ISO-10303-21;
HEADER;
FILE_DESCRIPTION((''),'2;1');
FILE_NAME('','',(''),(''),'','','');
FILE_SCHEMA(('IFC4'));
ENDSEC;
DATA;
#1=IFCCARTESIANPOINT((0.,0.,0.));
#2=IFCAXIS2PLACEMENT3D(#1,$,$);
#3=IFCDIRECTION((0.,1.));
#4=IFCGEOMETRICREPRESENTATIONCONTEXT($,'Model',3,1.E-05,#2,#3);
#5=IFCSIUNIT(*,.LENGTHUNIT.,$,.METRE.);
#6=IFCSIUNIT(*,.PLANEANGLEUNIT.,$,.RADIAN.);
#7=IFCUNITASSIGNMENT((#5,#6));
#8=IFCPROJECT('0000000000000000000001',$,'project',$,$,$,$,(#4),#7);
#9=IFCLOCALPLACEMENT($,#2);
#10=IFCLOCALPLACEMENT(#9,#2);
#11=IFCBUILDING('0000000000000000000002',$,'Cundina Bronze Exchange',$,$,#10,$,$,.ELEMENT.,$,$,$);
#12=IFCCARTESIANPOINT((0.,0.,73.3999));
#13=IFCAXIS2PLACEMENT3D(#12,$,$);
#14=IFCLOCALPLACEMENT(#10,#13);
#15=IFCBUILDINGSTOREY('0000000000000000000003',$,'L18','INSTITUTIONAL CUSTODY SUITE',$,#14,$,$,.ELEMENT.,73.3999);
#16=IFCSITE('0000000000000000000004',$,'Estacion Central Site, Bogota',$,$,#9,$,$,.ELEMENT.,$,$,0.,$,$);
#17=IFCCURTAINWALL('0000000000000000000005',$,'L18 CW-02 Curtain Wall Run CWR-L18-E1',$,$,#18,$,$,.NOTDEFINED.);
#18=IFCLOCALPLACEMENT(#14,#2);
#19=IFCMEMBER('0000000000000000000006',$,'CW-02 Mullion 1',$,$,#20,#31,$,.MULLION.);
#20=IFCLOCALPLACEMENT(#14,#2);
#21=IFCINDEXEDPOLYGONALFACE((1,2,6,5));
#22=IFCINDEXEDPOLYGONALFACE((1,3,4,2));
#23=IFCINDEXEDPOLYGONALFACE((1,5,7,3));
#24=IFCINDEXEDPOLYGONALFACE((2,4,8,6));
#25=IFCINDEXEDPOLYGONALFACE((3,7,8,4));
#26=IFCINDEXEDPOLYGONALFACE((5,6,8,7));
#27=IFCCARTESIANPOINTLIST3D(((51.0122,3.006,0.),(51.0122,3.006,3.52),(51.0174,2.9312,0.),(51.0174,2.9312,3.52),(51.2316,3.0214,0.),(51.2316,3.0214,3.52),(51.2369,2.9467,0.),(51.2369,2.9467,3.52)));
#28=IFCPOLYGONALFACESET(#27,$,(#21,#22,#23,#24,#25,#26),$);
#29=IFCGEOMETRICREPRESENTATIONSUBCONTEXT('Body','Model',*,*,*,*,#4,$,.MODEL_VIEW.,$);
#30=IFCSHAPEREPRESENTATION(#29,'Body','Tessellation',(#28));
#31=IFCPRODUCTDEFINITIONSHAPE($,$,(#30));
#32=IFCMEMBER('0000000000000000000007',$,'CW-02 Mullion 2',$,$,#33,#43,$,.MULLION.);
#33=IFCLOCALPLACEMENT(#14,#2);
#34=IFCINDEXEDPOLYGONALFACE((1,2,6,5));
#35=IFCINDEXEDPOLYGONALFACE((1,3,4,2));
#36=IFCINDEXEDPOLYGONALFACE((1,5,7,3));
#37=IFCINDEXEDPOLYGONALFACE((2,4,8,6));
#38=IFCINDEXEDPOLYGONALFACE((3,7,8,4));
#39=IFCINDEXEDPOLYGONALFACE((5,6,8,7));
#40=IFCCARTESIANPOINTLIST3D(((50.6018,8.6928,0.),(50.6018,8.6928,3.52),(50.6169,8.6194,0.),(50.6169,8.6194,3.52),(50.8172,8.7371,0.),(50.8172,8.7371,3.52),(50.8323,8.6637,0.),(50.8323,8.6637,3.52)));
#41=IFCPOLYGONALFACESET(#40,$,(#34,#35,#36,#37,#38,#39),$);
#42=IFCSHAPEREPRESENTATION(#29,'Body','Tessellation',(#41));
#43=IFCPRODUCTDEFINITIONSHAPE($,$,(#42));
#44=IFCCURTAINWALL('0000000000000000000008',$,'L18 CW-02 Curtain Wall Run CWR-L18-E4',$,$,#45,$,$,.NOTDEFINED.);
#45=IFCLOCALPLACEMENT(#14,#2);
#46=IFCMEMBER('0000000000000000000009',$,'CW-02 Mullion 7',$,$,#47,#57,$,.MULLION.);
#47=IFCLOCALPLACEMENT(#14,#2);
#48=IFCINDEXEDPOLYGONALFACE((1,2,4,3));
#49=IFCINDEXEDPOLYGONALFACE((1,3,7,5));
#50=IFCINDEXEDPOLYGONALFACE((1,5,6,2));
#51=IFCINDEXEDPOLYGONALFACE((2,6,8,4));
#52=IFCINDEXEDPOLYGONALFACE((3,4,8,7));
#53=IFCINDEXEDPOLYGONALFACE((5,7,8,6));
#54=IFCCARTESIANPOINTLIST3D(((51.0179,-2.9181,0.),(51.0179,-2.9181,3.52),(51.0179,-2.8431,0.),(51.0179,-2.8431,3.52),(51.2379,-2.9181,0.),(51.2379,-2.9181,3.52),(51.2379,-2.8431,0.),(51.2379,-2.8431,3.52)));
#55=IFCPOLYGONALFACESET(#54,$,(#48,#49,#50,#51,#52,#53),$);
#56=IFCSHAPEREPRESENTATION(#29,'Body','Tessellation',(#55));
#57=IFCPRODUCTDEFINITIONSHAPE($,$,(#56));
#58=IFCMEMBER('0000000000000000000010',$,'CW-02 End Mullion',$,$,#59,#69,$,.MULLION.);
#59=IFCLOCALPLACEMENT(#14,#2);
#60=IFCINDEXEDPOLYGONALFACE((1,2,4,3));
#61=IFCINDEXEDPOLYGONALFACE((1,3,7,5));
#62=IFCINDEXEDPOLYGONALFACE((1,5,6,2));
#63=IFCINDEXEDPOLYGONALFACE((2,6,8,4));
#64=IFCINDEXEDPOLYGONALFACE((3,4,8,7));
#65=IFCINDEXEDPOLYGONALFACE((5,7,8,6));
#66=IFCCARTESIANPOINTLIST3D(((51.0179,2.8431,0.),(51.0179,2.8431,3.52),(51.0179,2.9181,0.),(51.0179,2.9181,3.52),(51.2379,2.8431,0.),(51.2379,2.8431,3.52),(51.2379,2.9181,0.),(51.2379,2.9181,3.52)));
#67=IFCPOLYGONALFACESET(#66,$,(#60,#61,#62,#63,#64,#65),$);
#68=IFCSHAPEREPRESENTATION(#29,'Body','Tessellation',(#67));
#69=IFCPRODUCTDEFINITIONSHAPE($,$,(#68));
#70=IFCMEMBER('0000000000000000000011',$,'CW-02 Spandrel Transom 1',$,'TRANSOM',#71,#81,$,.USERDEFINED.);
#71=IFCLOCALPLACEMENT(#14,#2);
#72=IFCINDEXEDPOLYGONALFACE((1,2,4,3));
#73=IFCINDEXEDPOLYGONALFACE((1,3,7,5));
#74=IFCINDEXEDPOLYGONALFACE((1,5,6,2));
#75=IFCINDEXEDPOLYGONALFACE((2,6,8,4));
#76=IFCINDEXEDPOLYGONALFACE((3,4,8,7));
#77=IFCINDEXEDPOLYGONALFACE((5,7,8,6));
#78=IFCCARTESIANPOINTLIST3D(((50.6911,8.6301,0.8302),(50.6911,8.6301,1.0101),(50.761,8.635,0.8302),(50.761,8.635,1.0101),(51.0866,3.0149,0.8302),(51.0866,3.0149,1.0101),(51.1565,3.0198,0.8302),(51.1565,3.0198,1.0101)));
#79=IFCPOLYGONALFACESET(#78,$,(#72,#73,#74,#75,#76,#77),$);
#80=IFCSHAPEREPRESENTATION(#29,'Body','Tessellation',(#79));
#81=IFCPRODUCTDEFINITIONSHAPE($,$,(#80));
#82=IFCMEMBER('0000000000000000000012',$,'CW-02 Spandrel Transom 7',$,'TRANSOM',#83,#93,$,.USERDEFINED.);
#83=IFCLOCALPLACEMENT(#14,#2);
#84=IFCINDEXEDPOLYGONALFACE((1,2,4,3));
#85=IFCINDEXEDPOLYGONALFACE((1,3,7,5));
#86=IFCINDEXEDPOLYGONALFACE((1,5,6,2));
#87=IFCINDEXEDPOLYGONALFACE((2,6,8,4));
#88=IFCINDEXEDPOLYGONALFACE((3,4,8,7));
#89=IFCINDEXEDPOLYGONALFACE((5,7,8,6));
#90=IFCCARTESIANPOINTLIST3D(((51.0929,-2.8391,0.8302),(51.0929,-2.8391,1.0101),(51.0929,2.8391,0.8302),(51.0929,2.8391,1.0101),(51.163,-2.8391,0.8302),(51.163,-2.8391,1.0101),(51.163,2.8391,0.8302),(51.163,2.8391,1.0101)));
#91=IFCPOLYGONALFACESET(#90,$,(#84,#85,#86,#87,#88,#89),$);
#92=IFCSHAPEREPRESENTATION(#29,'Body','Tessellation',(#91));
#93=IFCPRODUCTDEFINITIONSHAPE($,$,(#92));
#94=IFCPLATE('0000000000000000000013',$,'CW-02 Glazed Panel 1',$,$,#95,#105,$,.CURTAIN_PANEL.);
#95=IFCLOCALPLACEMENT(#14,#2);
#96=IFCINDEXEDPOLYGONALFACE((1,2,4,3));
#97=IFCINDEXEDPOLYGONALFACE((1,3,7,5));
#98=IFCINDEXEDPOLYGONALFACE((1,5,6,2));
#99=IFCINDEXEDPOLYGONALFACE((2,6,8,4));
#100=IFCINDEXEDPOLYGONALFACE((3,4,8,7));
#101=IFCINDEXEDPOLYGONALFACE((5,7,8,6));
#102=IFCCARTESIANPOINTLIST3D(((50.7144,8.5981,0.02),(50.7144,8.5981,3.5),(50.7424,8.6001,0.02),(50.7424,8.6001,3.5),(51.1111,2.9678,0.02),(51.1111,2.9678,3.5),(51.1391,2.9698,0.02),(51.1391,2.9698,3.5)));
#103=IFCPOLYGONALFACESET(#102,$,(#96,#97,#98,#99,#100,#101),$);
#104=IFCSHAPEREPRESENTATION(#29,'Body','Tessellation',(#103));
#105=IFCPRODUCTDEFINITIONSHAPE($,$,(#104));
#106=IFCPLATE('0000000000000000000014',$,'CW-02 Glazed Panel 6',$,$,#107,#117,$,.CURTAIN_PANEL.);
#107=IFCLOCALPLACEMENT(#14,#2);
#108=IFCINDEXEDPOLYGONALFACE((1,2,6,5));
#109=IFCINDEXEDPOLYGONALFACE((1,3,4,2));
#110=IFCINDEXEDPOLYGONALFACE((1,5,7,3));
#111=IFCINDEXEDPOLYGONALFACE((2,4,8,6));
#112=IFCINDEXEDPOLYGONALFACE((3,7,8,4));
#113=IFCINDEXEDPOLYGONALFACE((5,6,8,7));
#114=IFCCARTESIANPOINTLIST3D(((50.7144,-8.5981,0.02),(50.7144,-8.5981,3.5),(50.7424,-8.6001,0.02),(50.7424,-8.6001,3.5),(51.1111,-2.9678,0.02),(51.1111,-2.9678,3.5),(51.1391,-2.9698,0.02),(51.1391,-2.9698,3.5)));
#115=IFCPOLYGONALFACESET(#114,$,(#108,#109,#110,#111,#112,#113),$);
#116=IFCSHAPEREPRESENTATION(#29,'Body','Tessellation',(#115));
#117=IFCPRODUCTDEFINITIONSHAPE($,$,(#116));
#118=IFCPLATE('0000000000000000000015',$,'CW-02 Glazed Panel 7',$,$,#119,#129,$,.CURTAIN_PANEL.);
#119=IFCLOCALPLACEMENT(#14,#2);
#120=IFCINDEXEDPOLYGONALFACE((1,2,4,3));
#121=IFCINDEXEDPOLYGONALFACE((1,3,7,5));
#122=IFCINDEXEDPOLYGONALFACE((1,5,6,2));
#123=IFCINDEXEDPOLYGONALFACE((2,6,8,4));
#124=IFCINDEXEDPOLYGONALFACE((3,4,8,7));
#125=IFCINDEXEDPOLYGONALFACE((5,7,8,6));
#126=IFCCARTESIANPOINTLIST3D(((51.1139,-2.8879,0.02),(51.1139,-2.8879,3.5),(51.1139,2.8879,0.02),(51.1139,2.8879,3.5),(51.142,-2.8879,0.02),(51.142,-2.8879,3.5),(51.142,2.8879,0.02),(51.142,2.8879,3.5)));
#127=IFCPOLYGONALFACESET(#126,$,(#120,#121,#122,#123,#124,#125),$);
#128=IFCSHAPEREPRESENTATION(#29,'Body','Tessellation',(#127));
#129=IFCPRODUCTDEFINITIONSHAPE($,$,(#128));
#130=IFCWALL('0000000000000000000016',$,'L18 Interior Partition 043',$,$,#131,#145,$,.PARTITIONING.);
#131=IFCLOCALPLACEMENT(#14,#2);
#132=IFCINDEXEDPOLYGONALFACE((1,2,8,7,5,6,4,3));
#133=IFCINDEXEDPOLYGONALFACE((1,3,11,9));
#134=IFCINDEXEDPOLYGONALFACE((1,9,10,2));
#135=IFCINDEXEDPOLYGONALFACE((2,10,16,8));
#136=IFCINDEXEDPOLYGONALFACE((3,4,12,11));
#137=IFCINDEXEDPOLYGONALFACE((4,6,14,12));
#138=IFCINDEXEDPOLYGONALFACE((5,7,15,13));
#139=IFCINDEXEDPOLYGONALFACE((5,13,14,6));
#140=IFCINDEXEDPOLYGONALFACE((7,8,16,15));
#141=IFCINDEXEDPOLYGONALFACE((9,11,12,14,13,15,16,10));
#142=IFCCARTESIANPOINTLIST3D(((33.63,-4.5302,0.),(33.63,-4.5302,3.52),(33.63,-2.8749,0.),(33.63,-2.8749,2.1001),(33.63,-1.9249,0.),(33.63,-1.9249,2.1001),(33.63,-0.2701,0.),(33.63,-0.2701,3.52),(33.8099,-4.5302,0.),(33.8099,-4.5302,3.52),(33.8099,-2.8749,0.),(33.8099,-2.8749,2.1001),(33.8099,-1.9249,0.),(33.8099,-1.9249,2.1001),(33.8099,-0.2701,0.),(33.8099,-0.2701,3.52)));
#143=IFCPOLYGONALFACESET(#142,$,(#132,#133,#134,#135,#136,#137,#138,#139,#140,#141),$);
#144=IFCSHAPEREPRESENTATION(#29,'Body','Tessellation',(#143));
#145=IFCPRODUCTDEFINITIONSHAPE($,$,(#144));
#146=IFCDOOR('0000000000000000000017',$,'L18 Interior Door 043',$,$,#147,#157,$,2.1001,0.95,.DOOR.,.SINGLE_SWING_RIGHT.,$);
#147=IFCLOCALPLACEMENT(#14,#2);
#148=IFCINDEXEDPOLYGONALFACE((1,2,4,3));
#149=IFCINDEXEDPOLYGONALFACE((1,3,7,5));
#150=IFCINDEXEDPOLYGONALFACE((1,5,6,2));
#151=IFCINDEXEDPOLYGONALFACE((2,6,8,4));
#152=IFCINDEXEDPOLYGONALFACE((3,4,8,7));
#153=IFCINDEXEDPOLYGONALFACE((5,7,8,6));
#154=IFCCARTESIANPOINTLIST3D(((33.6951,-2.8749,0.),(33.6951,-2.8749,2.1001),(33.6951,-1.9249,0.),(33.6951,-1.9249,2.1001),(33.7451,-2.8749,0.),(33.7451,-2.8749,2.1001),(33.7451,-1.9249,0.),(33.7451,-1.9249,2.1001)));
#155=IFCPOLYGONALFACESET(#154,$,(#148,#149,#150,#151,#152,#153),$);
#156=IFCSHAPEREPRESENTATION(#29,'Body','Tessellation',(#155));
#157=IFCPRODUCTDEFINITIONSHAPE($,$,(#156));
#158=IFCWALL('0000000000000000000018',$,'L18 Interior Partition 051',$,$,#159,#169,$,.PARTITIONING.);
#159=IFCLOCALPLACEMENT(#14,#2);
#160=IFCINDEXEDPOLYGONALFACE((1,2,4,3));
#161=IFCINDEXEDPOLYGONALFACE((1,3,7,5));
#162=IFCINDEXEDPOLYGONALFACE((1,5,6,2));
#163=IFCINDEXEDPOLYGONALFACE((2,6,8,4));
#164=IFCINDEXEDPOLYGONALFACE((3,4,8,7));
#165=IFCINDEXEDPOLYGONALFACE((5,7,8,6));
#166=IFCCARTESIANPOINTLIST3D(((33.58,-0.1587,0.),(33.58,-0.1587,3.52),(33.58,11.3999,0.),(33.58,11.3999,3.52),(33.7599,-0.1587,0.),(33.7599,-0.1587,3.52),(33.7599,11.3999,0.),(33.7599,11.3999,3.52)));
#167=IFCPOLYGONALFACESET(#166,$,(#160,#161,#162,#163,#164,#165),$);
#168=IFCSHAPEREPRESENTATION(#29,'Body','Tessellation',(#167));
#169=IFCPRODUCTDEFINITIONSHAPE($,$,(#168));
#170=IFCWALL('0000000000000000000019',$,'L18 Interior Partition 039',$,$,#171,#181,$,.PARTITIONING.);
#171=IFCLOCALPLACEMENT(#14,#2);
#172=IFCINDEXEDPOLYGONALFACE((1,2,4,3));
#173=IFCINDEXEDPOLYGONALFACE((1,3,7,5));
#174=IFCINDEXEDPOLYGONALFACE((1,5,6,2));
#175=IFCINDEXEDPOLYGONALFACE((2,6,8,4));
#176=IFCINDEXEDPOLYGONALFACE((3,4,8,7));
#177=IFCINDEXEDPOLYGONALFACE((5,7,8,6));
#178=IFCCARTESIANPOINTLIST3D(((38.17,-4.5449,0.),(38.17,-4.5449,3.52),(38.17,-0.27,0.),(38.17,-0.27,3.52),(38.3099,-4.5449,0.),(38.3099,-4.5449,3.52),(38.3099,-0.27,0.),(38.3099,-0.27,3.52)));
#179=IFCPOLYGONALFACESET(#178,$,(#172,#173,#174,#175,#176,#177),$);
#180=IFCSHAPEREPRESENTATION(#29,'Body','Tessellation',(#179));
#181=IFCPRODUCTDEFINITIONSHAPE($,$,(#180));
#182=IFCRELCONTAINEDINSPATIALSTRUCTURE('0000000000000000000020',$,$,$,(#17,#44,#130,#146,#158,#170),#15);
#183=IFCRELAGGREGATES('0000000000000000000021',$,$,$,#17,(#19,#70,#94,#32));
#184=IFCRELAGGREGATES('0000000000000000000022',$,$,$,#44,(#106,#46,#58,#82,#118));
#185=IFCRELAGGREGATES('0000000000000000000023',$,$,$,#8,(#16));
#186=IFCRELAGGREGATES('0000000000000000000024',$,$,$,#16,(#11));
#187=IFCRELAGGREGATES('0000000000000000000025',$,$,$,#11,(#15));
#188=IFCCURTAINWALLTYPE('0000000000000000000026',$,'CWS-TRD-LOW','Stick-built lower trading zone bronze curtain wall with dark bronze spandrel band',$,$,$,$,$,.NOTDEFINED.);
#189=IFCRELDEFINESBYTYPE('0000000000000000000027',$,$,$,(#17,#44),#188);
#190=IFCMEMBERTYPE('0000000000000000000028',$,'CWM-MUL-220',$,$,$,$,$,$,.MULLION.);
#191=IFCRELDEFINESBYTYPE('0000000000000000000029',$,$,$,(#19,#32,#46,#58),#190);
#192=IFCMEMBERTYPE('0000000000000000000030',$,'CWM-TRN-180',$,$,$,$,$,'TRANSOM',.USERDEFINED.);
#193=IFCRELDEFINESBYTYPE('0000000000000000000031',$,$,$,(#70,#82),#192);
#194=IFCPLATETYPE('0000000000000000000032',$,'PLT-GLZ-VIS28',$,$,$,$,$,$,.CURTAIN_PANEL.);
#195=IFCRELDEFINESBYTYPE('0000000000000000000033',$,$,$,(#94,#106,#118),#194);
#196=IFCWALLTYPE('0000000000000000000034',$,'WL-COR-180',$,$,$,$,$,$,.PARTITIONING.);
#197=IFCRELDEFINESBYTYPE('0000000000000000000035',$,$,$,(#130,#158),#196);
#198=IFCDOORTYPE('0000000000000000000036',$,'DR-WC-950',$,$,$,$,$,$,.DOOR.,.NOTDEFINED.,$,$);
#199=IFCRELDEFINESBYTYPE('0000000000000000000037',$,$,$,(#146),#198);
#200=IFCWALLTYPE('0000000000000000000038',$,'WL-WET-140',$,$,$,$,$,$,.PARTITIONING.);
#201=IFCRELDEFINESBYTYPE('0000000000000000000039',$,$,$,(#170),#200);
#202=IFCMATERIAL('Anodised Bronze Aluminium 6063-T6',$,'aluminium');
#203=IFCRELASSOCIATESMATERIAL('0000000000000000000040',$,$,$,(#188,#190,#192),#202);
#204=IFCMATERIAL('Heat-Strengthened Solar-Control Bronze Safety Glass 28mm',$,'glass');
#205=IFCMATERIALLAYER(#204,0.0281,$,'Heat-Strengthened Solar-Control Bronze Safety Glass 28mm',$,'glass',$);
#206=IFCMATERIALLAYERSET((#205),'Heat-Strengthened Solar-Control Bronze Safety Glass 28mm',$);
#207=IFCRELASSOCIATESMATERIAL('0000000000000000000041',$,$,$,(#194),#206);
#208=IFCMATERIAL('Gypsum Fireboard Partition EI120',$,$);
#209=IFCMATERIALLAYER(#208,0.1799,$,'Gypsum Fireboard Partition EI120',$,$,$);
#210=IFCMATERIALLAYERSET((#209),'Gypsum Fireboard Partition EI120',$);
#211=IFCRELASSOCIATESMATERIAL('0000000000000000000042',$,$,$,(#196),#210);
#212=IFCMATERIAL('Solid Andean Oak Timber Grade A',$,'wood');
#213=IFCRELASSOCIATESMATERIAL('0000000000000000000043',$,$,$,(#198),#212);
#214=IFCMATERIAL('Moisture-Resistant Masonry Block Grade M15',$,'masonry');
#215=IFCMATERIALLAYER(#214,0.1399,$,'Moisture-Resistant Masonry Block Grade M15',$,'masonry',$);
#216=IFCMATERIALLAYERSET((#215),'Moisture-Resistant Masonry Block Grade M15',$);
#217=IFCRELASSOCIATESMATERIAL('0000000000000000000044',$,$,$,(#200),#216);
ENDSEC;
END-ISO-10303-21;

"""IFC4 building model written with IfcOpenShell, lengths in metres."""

from ifc_helpers import new_model, si_unit, direction, frame, frame_2d, origin, origin_2d, place, context, subcontext, project, spatial, rectangle, extrude, material, layer, layer_set, material_profile, profile_set, type_object, element, fill, aggregate, save


model = new_model("IFC4")

# Units and contexts
model_context = context("Model", 3, precision=1e-05, world=origin(), true_north=direction((0.0, 1.0)))
body_context = subcontext(model_context, "Body", "Model", "MODEL_VIEW")
ifc_project = project(units=[si_unit("LENGTHUNIT", "METRE"), si_unit("PLANEANGLEUNIT", "RADIAN")], contexts=[model_context])

# Site, building, storey
site_placement = place(None, origin())
site = spatial("IfcSite", under=ifc_project, at=site_placement, Name="Estacion Central Site, Bogota", CompositionType="ELEMENT", RefElevation=0.0)
building_placement = place(site_placement, origin())
building = spatial("IfcBuilding", under=site, at=building_placement, Name="Cundina Bronze Exchange", CompositionType="ELEMENT")
storey_placement = place(building_placement, frame((0.0, 0.0, 73.3999)))
storey = spatial("IfcBuildingStorey", under=building, at=storey_placement, Name="L18", Description="INSTITUTIONAL CUSTODY SUITE", CompositionType="ELEMENT", Elevation=73.3999)

# Curtain walls, members
ifc_material_1 = material(Name="Anodised Bronze Aluminium 6063-T6", Category="aluminium")
curtain_wall_type = type_object("IfcCurtainWallType", Name="CWS-TRD-LOW", Description="Stick-built lower trading zone bronze curtain wall with dark bronze spandrel band", PredefinedType="NOTDEFINED", material=ifc_material_1)
curtain_wall_1_placement = place(storey_placement, origin())
curtain_wall_1 = element("IfcCurtainWall", 1, at=curtain_wall_1_placement, inside=storey, type_object=curtain_wall_type, Name="L18 CW-02 Curtain Wall Run CWR-L18-E1", PredefinedType="NOTDEFINED")
ifc_material_profile_1 = material_profile(ifc_material_1, rectangle(XDim=0.075, YDim=0.22, at=origin_2d()), Name="AL75X220", Category="aluminium")
ifc_profile_set_1 = profile_set([ifc_material_profile_1], Name="Anodised Bronze Aluminium 6063-T6")
member_type_1 = type_object("IfcMemberType", Name="CWM-MUL-220", PredefinedType="MULLION", material=ifc_profile_set_1)
member_1_placement = place(storey_placement, frame((51.1245, 2.9763, 0.0), z_axis=(0.0, 0.0, 1.0), x_axis=(-0.070279, 0.997527, 0.0)))
member_1 = element("IfcMember", 2, at=member_1_placement, type_object=member_type_1, Name="CW-02 Mullion 1", PredefinedType="MULLION", context=body_context, shape_type="SweptSolid", body=[
    extrude(rectangle(XDim=0.075, YDim=0.22, at=origin_2d()), origin(), (0.0, 0.0, 1.0), 3.52),
])
member_2_placement = place(storey_placement, frame((50.717, 8.6782, 0.0), z_axis=(0.0, 0.0, 1.0), x_axis=(-0.20142, 0.979505, 0.0)))
member_2 = element("IfcMember", 3, at=member_2_placement, type_object=member_type_1, Name="CW-02 Mullion 2", PredefinedType="MULLION", context=body_context, shape_type="SweptSolid", body=[
    extrude(rectangle(XDim=0.075, YDim=0.22, at=origin_2d()), origin(), (0.0, 0.0, 1.0), 3.52),
])
curtain_wall_2_placement = place(storey_placement, origin())
curtain_wall_2 = element("IfcCurtainWall", 4, at=curtain_wall_2_placement, inside=storey, type_object=curtain_wall_type, Name="L18 CW-02 Curtain Wall Run CWR-L18-E4", PredefinedType="NOTDEFINED")
member_3_placement = place(storey_placement, frame((51.1279, -2.8806, 0.0), z_axis=(0.0, 0.0, 1.0), x_axis=(0.0, 1.0, 0.0)))
member_3 = element("IfcMember", 5, at=member_3_placement, type_object=member_type_1, Name="CW-02 Mullion 7", PredefinedType="MULLION", context=body_context, shape_type="SweptSolid", body=[
    extrude(rectangle(XDim=0.075, YDim=0.22, at=origin_2d()), origin(), (0.0, 0.0, 1.0), 3.52),
])
member_4_placement = place(storey_placement, frame((51.1279, 2.8806, 0.0), z_axis=(0.0, 0.0, 1.0), x_axis=(0.0, 1.0, 0.0)))
member_4 = element("IfcMember", 6, at=member_4_placement, type_object=member_type_1, Name="CW-02 End Mullion", PredefinedType="MULLION", context=body_context, shape_type="SweptSolid", body=[
    extrude(rectangle(XDim=0.075, YDim=0.22, at=origin_2d()), origin(), (0.0, 0.0, 1.0), 3.52),
])

# Members
ifc_material_profile_2 = material_profile(ifc_material_1, rectangle(XDim=0.0701, YDim=0.1799, at=origin_2d()), Name="AL70X180", Category="aluminium")
ifc_profile_set_2 = profile_set([ifc_material_profile_2], Name="Anodised Bronze Aluminium 6063-T6")
member_type_2 = type_object("IfcMemberType", Name="CWM-TRN-180", ElementType="TRANSOM", PredefinedType="USERDEFINED", material=ifc_profile_set_2)
member_5_placement = place(storey_placement, frame((51.1216, 3.0173, 0.9202), z_axis=(-0.070261, 0.997529, 0.0), x_axis=(-0.997529, -0.070261, 0.0)))
member_5 = element("IfcMember", 7, at=member_5_placement, type_object=member_type_2, Name="CW-02 Spandrel Transom 1", ObjectType="TRANSOM", PredefinedType="USERDEFINED", context=body_context, shape_type="SweptSolid", body=[
    extrude(rectangle(XDim=0.0701, YDim=0.1799, at=origin_2d()), origin(), (0.0, 0.0, 1.0), 5.6292),
])
member_6_placement = place(storey_placement, frame((51.1279, -2.8391, 0.9202), z_axis=(0.0, 1.0, 0.0), x_axis=(-1.0, 0.0, 0.0)))
member_6 = element("IfcMember", 8, at=member_6_placement, type_object=member_type_2, Name="CW-02 Spandrel Transom 7", ObjectType="TRANSOM", PredefinedType="USERDEFINED", context=body_context, shape_type="SweptSolid", body=[
    extrude(rectangle(XDim=0.0701, YDim=0.1799, at=origin_2d()), origin(), (0.0, 0.0, 1.0), 5.6782),
])

# Plates
ifc_material_2 = material(Name="Heat-Strengthened Solar-Control Bronze Safety Glass 28mm", Category="glass")
ifc_layer_1 = layer(ifc_material_2, 0.0281, Name="Heat-Strengthened Solar-Control Bronze Safety Glass 28mm", Category="glass")
ifc_layer_set_1 = layer_set([ifc_layer_1], Name="Heat-Strengthened Solar-Control Bronze Safety Glass 28mm")
plate_type = type_object("IfcPlateType", Name="PLT-GLZ-VIS28", PredefinedType="CURTAIN_PANEL", material=ifc_layer_set_1)
plate_1_placement = place(storey_placement, frame((50.9268, 5.7839, 0.02), z_axis=(0.0, 0.0, 1.0), x_axis=(-0.070279, 0.997527, 0.0)))
plate_1 = element("IfcPlate", 9, at=plate_1_placement, type_object=plate_type, Name="CW-02 Glazed Panel 1", PredefinedType="CURTAIN_PANEL", context=body_context, shape_type="SweptSolid", body=[
    extrude(rectangle(XDim=5.6443, YDim=0.0281, at=origin_2d()), origin(), (0.0, 0.0, 1.0), 3.48),
])
aggregate(curtain_wall_1, [member_1, member_5, plate_1, member_2])
plate_2_placement = place(storey_placement, frame((50.9268, -5.7839, 0.02), z_axis=(0.0, 0.0, 1.0), x_axis=(0.070279, 0.997527, 0.0)))
plate_2 = element("IfcPlate", 10, at=plate_2_placement, type_object=plate_type, Name="CW-02 Glazed Panel 6", PredefinedType="CURTAIN_PANEL", context=body_context, shape_type="SweptSolid", body=[
    extrude(rectangle(XDim=5.6443, YDim=0.0281, at=origin_2d()), origin(), (0.0, 0.0, 1.0), 3.48),
])
plate_3_placement = place(storey_placement, frame((51.1279, 0.0, 0.02), z_axis=(0.0, 0.0, 1.0), x_axis=(0.0, 1.0, 0.0)))
plate_3 = element("IfcPlate", 11, at=plate_3_placement, type_object=plate_type, Name="CW-02 Glazed Panel 7", PredefinedType="CURTAIN_PANEL", context=body_context, shape_type="SweptSolid", body=[
    extrude(rectangle(XDim=5.7759, YDim=0.0281, at=origin_2d()), origin(), (0.0, 0.0, 1.0), 3.48),
])
aggregate(curtain_wall_2, [plate_2, member_3, member_4, member_6, plate_3])

# Wall, opening, door
ifc_material_3 = material(Name="Gypsum Fireboard Partition EI120")
ifc_layer_2 = layer(ifc_material_3, 0.1799, Name="Gypsum Fireboard Partition EI120")
ifc_layer_set_2 = layer_set([ifc_layer_2], Name="Gypsum Fireboard Partition EI120")
wall_type_1 = type_object("IfcWallType", Name="WL-COR-180", PredefinedType="PARTITIONING", material=ifc_layer_set_2)
wall_1_placement = place(storey_placement, frame((33.72, -4.53, 0.0), z_axis=(0.0, 0.0, 1.0), x_axis=(0.0, 1.0, 0.0)))
wall_1 = element("IfcWall", 12, at=wall_1_placement, inside=storey, type_object=wall_type_1, Name="L18 Interior Partition 043", PredefinedType="PARTITIONING", context=body_context, shape_type="SweptSolid", body=[
    extrude(rectangle(XDim=4.26, YDim=0.1799, at=frame_2d((2.1299, 0.0))), origin(), (0.0, 0.0, 1.0), 3.52),
])
opening_placement = place(wall_1_placement, frame((1.655, 0.0, 0.0)))
opening = element("IfcOpeningElement", 13, at=opening_placement, cuts=wall_1, PredefinedType="OPENING", context=body_context, shape_type="SweptSolid", body=[
    extrude(rectangle(XDim=0.95, YDim=2.1001, at=frame_2d((0.4751, 1.05))), frame((0.0, 0.0999, 0.0), z_axis=(0.0, -1.0, 0.0), x_axis=(1.0, 0.0, 0.0)), (0.0, 0.0, 1.0), 0.2),
])
ifc_material_4 = material(Name="Solid Andean Oak Timber Grade A", Category="wood")
door_type = type_object("IfcDoorType", Name="DR-WC-950", OperationType="NOTDEFINED", PredefinedType="DOOR", material=ifc_material_4)
door_placement = place(opening_placement, origin())
door = element("IfcDoor", 14, at=door_placement, inside=storey, type_object=door_type, Name="L18 Interior Door 043", OperationType="SINGLE_SWING_RIGHT", OverallHeight=2.1001, OverallWidth=0.95, PredefinedType="DOOR", context=body_context, shape_type="SweptSolid", body=[
    extrude(rectangle(XDim=0.95, YDim=2.1001, at=frame_2d((0.4751, 1.05))), frame((0.0, 0.0249, 0.0), z_axis=(0.0, -1.0, 0.0), x_axis=(1.0, 0.0, 0.0)), (0.0, 0.0, 1.0), 0.05),
])
fill(opening, door)

# Walls
wall_2_placement = place(storey_placement, frame((33.6699, -0.1587, 0.0), z_axis=(0.0, 0.0, 1.0), x_axis=(0.0, 1.0, 0.0)))
element("IfcWall", 15, at=wall_2_placement, inside=storey, type_object=wall_type_1, Name="L18 Interior Partition 051", PredefinedType="PARTITIONING", context=body_context, shape_type="SweptSolid", body=[
    extrude(rectangle(XDim=11.5586, YDim=0.1799, at=frame_2d((5.7793, 0.0))), origin(), (0.0, 0.0, 1.0), 3.52),
])
ifc_material_5 = material(Name="Moisture-Resistant Masonry Block Grade M15", Category="masonry")
ifc_layer_3 = layer(ifc_material_5, 0.1399, Name="Moisture-Resistant Masonry Block Grade M15", Category="masonry")
ifc_layer_set_3 = layer_set([ifc_layer_3], Name="Moisture-Resistant Masonry Block Grade M15")
wall_type_2 = type_object("IfcWallType", Name="WL-WET-140", PredefinedType="PARTITIONING", material=ifc_layer_set_3)
wall_3_placement = place(storey_placement, frame((38.24, -4.5449, 0.0), z_axis=(0.0, 0.0, 1.0), x_axis=(0.0, 1.0, 0.0)))
element("IfcWall", 16, at=wall_3_placement, inside=storey, type_object=wall_type_2, Name="L18 Interior Partition 039", PredefinedType="PARTITIONING", context=body_context, shape_type="SweptSolid", body=[
    extrude(rectangle(XDim=4.2749, YDim=0.1399, at=frame_2d((2.1375, 0.0))), origin(), (0.0, 0.0, 1.0), 3.52),
])

save(model, "model.ifc")
